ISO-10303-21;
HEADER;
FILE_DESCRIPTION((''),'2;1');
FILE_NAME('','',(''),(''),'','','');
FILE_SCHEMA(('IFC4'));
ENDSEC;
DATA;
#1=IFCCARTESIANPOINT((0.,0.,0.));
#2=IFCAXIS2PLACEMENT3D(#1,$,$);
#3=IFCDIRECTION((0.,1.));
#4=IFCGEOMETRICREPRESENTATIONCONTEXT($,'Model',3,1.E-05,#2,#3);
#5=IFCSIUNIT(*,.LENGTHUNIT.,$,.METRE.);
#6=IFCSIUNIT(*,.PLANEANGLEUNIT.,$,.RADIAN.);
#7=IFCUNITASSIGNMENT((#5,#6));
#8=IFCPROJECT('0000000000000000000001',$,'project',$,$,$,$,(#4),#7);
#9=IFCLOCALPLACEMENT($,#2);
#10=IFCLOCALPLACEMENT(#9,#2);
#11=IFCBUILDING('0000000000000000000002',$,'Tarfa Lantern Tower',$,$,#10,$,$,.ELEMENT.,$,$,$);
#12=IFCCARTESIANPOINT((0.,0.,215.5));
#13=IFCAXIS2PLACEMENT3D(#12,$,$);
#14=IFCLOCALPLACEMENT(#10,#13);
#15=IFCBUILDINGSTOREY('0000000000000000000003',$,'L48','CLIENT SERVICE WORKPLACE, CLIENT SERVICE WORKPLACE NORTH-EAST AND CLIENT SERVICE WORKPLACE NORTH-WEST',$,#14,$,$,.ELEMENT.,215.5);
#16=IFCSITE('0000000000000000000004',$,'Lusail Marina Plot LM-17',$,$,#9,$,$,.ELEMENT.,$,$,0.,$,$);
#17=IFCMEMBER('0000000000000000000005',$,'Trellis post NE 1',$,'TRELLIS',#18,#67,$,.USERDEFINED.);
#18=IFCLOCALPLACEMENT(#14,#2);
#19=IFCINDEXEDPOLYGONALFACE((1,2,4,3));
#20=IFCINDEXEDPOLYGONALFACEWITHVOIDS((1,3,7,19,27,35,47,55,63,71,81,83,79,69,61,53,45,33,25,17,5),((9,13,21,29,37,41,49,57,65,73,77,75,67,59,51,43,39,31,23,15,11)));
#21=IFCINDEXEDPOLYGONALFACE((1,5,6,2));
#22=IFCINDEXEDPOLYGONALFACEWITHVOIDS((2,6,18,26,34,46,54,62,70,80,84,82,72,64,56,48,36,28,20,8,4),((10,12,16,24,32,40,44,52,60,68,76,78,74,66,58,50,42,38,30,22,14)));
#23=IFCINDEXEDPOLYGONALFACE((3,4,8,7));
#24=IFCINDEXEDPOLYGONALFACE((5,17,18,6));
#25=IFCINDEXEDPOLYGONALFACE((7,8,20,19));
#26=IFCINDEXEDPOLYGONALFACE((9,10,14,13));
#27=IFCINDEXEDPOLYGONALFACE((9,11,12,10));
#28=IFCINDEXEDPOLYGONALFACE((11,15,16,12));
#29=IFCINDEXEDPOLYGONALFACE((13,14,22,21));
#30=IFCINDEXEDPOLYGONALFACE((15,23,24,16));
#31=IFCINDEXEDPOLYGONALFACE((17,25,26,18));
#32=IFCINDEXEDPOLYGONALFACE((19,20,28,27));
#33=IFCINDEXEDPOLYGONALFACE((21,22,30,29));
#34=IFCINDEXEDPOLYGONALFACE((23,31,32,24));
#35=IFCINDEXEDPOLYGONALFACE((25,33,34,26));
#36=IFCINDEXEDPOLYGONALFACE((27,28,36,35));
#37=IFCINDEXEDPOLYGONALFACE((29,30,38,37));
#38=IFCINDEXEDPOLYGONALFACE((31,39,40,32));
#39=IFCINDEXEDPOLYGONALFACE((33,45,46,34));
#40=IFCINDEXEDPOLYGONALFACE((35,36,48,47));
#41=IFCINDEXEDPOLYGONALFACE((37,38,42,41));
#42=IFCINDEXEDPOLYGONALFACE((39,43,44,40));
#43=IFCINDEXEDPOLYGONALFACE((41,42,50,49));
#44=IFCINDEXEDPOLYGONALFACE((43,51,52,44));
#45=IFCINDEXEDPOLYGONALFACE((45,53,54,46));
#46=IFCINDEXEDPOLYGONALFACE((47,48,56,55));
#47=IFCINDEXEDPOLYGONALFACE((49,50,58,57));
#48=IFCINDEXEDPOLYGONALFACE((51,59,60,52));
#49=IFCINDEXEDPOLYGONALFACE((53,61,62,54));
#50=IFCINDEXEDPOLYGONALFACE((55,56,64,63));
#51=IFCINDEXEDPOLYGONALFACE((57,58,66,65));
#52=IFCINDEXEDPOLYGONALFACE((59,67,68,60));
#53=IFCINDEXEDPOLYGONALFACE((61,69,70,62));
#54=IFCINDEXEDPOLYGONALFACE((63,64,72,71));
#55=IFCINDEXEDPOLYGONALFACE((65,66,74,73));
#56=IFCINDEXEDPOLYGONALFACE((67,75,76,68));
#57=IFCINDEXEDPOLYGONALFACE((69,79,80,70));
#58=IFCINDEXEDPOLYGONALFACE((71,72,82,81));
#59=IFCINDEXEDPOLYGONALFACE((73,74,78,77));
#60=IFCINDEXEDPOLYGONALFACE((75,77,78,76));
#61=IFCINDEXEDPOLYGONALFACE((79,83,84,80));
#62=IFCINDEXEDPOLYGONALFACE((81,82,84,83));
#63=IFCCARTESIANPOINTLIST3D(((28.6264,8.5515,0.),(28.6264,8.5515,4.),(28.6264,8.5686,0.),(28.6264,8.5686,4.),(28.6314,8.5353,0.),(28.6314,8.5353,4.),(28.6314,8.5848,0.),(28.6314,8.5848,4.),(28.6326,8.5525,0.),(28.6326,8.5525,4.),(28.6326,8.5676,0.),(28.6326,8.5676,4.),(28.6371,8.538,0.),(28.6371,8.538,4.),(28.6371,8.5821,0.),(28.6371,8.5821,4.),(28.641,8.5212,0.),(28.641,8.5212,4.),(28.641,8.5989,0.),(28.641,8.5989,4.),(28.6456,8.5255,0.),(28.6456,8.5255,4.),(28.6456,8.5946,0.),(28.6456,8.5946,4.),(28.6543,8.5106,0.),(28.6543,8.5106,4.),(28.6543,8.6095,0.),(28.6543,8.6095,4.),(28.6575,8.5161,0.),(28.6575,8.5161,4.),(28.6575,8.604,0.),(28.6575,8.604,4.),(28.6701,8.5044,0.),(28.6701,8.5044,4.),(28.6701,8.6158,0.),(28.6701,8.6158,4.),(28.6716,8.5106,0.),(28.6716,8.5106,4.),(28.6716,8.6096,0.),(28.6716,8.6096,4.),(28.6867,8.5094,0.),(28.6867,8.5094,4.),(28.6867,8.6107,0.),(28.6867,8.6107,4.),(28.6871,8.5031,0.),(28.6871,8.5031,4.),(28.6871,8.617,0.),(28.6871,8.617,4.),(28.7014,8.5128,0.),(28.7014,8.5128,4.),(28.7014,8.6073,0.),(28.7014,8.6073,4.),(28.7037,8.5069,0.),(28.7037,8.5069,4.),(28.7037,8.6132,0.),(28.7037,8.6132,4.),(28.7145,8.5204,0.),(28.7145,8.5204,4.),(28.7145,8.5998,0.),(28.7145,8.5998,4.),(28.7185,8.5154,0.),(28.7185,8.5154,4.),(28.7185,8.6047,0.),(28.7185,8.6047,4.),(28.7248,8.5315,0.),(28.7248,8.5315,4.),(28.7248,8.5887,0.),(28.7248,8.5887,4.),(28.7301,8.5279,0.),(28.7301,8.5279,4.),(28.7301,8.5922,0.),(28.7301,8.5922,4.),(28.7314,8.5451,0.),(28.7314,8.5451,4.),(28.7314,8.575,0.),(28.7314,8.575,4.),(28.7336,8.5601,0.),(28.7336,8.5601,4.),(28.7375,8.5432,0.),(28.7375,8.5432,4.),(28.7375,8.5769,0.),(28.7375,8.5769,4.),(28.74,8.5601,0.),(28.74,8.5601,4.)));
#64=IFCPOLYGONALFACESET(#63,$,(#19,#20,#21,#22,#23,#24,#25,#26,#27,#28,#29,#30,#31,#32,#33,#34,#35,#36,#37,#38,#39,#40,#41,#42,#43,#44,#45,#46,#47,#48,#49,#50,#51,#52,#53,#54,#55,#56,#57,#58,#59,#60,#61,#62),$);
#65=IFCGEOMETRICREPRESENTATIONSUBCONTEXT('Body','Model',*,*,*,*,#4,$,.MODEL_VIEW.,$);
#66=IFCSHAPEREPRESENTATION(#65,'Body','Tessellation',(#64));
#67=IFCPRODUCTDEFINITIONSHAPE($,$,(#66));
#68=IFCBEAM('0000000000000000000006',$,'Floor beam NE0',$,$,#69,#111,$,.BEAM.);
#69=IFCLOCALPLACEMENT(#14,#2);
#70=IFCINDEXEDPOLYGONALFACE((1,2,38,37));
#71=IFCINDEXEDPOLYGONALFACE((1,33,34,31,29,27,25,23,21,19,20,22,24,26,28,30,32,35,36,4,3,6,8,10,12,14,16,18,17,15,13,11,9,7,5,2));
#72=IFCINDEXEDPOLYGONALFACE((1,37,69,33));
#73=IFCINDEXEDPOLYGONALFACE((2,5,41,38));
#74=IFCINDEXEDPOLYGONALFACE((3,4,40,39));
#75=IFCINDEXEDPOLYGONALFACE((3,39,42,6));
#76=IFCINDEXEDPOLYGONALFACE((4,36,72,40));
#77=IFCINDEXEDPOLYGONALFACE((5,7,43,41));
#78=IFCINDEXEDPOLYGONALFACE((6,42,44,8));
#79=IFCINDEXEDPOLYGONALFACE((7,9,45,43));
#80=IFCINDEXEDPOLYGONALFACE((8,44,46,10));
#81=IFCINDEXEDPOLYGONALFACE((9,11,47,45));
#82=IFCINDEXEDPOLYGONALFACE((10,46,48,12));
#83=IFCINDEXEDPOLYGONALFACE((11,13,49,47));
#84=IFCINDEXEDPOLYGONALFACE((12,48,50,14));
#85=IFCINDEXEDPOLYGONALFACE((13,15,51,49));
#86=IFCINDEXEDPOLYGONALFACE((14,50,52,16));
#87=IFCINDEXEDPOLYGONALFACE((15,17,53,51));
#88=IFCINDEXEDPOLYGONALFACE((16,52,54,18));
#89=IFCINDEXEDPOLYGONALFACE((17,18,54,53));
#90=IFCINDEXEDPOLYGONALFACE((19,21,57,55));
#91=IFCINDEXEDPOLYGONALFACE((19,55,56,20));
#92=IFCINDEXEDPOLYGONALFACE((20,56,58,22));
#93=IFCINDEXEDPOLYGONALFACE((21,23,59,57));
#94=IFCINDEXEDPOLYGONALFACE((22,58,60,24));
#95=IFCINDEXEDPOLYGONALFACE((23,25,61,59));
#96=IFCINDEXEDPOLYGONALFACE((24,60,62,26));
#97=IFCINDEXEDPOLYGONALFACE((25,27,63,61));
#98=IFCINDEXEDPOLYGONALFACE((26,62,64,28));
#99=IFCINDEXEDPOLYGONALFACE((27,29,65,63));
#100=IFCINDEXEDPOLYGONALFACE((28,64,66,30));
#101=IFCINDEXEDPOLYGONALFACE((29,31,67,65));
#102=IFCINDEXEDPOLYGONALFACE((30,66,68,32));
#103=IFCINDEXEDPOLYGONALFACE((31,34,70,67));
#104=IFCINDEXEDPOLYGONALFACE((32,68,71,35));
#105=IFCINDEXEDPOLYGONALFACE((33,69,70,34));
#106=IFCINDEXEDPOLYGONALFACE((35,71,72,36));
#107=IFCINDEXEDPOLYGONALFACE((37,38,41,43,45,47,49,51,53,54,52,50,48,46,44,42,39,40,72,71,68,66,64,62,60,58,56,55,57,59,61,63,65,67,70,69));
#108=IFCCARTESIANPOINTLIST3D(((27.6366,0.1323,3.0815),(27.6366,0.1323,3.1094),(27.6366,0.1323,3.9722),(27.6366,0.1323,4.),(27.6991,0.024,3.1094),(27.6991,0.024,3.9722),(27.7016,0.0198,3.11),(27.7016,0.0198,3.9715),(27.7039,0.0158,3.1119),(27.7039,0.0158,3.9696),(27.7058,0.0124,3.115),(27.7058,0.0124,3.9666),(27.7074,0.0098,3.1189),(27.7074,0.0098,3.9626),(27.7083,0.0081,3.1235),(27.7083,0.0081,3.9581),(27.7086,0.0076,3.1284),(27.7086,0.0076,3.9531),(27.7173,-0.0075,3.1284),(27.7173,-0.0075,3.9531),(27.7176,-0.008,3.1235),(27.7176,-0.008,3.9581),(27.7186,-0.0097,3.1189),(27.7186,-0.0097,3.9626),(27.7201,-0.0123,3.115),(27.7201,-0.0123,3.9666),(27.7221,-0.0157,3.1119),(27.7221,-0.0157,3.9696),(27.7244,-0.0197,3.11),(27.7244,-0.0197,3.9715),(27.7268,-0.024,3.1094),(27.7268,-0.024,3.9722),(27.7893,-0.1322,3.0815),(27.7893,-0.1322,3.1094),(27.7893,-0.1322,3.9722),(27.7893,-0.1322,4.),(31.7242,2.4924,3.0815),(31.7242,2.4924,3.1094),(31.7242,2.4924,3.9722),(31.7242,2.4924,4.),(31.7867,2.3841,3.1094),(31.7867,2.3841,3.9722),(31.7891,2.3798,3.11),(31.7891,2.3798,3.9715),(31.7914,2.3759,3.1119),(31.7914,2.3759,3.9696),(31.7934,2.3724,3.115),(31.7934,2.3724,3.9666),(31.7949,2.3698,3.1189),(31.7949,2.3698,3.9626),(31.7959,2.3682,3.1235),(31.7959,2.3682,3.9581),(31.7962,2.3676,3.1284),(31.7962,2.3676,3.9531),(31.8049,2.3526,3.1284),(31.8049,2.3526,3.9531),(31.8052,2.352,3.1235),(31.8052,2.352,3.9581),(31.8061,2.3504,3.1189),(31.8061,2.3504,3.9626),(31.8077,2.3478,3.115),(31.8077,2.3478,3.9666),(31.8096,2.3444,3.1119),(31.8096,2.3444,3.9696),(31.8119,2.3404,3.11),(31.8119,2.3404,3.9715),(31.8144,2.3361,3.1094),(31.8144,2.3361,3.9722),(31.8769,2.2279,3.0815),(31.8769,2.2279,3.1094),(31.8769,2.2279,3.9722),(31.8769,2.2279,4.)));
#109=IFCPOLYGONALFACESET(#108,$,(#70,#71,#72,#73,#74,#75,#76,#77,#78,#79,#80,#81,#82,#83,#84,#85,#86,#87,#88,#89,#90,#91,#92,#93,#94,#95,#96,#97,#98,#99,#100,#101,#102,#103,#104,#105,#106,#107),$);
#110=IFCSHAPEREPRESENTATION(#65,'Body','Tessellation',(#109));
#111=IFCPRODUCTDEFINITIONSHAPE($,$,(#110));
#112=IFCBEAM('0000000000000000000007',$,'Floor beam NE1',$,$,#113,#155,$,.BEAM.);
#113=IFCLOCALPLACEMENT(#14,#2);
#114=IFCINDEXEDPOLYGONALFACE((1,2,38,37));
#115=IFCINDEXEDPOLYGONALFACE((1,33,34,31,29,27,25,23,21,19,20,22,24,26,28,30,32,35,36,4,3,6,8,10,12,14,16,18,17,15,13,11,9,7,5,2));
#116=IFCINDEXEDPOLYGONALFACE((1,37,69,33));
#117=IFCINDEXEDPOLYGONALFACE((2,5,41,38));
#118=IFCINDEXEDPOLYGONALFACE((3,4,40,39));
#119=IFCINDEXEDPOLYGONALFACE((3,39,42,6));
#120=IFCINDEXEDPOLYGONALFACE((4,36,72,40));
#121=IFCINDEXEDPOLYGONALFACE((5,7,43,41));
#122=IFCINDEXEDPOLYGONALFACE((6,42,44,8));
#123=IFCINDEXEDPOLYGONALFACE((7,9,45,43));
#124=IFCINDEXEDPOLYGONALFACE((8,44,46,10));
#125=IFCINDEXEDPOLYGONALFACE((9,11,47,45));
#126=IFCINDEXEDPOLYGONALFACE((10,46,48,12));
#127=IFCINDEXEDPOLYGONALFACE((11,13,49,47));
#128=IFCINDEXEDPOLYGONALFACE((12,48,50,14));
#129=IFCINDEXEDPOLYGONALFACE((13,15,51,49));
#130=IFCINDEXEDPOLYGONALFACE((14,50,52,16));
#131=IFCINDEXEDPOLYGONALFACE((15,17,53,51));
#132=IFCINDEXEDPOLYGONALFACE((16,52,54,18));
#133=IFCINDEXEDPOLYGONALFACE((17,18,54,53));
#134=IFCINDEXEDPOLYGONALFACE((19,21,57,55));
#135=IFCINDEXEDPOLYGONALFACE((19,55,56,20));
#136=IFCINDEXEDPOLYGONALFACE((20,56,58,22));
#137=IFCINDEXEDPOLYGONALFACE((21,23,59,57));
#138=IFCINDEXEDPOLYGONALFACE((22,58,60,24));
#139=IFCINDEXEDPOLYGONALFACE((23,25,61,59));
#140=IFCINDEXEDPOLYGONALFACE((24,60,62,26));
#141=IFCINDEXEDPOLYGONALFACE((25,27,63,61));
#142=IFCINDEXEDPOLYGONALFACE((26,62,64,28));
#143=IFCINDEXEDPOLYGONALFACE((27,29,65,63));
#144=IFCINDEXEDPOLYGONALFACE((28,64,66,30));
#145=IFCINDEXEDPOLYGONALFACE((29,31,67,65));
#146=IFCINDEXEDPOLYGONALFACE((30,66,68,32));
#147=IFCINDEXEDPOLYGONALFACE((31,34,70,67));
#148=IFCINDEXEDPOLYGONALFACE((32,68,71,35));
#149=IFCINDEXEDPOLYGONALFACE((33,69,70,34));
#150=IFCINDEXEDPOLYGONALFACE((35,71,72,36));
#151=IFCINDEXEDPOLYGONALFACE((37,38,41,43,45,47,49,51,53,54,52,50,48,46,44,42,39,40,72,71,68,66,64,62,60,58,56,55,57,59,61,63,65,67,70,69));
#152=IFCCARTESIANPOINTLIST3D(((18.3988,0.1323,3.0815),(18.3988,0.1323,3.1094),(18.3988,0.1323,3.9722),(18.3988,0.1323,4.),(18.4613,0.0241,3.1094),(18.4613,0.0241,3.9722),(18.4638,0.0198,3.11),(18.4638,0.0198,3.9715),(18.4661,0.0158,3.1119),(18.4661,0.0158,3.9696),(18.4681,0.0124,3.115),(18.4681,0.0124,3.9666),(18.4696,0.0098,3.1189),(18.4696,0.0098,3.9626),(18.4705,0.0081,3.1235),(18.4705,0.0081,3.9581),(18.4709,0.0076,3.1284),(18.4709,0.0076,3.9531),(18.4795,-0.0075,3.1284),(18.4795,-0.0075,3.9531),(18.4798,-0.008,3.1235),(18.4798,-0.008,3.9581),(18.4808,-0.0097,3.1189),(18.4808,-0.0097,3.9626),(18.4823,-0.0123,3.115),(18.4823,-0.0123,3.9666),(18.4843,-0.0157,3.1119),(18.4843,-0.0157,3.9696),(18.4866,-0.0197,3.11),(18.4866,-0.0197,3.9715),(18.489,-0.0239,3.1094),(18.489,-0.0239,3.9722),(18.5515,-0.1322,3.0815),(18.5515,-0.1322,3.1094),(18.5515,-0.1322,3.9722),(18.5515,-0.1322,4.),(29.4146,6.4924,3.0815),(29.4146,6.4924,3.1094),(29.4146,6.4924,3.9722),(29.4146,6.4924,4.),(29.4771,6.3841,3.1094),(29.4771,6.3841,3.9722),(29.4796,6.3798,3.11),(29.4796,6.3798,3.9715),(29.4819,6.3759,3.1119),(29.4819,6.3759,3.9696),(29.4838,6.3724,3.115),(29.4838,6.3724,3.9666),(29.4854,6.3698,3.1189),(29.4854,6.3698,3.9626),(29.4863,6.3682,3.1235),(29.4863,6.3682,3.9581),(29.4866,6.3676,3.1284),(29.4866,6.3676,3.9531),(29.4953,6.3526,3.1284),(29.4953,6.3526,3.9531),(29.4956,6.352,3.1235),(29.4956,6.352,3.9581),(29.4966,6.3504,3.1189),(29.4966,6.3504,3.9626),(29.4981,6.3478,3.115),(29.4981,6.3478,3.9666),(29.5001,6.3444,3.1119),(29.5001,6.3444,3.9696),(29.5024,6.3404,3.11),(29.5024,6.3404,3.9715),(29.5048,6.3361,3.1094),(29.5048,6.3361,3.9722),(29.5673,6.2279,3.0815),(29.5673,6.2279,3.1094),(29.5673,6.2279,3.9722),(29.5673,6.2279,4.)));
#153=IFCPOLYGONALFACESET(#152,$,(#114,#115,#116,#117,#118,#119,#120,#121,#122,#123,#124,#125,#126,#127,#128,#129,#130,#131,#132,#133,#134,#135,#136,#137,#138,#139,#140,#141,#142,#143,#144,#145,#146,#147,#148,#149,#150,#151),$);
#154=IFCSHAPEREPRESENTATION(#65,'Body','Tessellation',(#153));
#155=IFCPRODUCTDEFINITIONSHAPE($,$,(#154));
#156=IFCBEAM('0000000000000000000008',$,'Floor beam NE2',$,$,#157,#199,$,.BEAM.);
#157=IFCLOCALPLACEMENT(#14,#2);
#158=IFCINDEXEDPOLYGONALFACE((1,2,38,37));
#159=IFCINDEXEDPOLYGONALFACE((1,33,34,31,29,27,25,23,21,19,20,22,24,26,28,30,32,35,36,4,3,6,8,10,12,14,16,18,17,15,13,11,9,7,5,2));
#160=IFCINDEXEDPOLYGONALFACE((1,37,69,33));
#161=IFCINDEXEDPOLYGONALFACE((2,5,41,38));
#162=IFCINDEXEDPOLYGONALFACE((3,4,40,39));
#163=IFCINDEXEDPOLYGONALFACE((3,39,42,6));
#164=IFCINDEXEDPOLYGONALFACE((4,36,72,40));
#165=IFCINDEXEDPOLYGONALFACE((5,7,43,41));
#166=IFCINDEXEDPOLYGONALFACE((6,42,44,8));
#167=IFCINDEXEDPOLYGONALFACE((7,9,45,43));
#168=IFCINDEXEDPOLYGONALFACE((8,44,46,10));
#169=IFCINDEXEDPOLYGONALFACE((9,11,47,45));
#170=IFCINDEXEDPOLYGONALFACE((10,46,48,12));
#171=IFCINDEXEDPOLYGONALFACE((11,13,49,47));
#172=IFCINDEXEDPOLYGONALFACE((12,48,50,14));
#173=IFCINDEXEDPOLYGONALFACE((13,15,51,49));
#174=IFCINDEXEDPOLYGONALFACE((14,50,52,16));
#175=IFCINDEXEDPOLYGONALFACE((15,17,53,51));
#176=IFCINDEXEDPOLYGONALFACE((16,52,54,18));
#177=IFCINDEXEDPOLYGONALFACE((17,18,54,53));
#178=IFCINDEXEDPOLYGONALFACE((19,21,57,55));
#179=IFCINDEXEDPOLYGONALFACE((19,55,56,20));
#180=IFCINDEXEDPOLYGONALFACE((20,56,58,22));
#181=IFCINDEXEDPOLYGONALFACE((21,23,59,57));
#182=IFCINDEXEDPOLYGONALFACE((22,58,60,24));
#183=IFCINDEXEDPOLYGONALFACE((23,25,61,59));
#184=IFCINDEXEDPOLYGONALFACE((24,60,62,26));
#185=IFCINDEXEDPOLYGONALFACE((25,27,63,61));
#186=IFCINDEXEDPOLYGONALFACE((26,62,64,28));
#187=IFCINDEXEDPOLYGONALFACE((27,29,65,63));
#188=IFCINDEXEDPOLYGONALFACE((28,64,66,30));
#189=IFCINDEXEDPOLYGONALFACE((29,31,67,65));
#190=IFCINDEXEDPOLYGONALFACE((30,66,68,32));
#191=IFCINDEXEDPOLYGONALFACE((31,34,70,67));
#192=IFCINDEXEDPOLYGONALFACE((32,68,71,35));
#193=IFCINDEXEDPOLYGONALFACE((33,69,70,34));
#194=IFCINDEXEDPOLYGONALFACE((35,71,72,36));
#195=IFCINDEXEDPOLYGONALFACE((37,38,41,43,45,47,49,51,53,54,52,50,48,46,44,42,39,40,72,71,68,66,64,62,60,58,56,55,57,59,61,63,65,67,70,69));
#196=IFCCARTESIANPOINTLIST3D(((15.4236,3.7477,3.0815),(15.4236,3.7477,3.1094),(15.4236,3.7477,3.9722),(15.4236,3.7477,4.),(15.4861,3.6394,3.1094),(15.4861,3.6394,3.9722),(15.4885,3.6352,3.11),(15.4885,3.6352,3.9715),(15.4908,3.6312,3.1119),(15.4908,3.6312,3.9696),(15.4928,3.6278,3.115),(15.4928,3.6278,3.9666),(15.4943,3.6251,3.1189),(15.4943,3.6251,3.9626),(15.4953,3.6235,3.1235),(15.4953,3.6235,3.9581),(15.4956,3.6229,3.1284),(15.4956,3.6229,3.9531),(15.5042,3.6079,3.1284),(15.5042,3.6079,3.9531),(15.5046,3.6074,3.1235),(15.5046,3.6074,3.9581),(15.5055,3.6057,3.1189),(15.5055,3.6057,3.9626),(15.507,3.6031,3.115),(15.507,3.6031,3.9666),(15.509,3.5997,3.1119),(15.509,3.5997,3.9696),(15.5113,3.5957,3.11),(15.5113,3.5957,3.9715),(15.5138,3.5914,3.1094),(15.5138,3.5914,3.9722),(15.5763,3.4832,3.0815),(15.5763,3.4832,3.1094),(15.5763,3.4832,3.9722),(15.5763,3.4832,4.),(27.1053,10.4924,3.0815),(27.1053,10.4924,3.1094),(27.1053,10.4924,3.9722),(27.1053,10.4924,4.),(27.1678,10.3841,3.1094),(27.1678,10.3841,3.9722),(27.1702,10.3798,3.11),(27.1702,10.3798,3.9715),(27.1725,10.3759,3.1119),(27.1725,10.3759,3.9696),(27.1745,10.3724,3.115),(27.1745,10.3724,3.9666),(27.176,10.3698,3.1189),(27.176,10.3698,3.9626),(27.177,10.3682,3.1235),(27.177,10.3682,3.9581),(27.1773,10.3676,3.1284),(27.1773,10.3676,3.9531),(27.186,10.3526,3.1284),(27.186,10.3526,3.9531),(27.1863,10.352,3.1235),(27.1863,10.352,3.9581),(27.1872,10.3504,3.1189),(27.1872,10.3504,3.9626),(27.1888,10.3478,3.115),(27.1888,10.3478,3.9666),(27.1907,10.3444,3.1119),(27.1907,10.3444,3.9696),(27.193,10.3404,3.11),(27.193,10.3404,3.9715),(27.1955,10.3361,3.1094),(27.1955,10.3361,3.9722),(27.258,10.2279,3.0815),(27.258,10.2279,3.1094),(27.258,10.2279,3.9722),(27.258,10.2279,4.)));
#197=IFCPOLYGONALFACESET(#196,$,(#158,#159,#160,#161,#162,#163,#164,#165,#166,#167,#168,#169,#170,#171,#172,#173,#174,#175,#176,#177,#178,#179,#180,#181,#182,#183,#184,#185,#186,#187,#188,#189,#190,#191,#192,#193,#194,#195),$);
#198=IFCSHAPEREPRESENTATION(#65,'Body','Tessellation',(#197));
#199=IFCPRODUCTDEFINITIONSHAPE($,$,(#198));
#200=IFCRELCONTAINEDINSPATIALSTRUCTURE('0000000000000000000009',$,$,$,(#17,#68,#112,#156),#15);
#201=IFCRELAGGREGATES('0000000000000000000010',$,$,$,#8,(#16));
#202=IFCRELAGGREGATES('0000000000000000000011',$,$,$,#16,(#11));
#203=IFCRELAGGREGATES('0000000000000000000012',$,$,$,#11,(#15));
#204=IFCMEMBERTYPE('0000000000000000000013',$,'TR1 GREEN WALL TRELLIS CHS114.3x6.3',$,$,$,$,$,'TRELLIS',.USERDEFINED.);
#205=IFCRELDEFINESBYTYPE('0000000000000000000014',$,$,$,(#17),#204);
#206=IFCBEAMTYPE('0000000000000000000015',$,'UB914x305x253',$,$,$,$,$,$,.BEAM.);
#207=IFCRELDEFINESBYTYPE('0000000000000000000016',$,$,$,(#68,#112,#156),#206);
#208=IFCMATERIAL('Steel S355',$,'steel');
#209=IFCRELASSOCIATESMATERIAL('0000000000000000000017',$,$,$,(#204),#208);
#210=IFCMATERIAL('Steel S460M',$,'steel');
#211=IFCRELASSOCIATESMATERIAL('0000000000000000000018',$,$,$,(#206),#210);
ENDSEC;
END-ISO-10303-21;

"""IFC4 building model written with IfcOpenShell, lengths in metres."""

from ifc_helpers import new_model, si_unit, direction, frame, origin, origin_2d, place, context, subcontext, project, spatial, hollow_circle, i_section, extrude, material, material_profile, profile_set, type_object, element, save


model = new_model("IFC4")

# Units and contexts
model_context = context("Model", 3, precision=1e-05, world=origin(), true_north=direction((0.0, 1.0)))
body_context = subcontext(model_context, "Body", "Model", "MODEL_VIEW")
ifc_project = project(units=[si_unit("LENGTHUNIT", "METRE"), si_unit("PLANEANGLEUNIT", "RADIAN")], contexts=[model_context])

# Site, building, storey
site_placement = place(None, origin())
site = spatial("IfcSite", under=ifc_project, at=site_placement, Name="Lusail Marina Plot LM-17", CompositionType="ELEMENT", RefElevation=0.0)
building_placement = place(site_placement, origin())
building = spatial("IfcBuilding", under=site, at=building_placement, Name="Tarfa Lantern Tower", CompositionType="ELEMENT")
storey_placement = place(building_placement, frame((0.0, 0.0, 215.5)))
storey = spatial("IfcBuildingStorey", under=building, at=storey_placement, Name="L48", Description="CLIENT SERVICE WORKPLACE, CLIENT SERVICE WORKPLACE NORTH-EAST AND CLIENT SERVICE WORKPLACE NORTH-WEST", CompositionType="ELEMENT", Elevation=215.5)

# Shared definitions
ifc_material_1 = material(Name="Steel S460M", Category="steel")

# Member
ifc_material_2 = material(Name="Steel S355", Category="steel")
ifc_material_profile_1 = material_profile(ifc_material_2, hollow_circle(Radius=0.0571, WallThickness=0.0063, at=origin_2d()), Name="CHS114.3x6.3")
ifc_profile_set_1 = profile_set([ifc_material_profile_1], Name="Steel S355")
member_type_1 = type_object("IfcMemberType", Name="TR1 GREEN WALL TRELLIS CHS114.3x6.3", ElementType="TRELLIS", PredefinedType="USERDEFINED", material=ifc_profile_set_1)
member_1_placement = place(storey_placement, frame((28.6829, 8.5601, 0.0), z_axis=(0.0, 0.0, 1.0), x_axis=(1.0, 0.0, 0.0)))
element("IfcMember", 1, at=member_1_placement, inside=storey, type_object=member_type_1, Name="Trellis post NE 1", ObjectType="TRELLIS", PredefinedType="USERDEFINED", context=body_context, shape_type="SweptSolid", body=[
    extrude(hollow_circle(Radius=0.0571, WallThickness=0.0063, at=origin_2d()), origin(), (0.0, 0.0, 1.0), 4.0),
])

# Beams
ifc_material_profile_2 = material_profile(ifc_material_1, i_section(OverallWidth=0.3054, OverallDepth=0.9185, WebThickness=0.0173, FlangeThickness=0.0278, FilletRadius=0.019, at=origin_2d()), Name="UB914x305x253")
ifc_profile_set_2 = profile_set([ifc_material_profile_2], Name="Steel S460M")
beam_type_1 = type_object("IfcBeamType", Name="UB914x305x253", PredefinedType="BEAM", material=ifc_profile_set_2)
beam_1_placement = place(storey_placement, frame((31.8005, 2.3601, 3.5408), z_axis=(-0.866016, -0.500016, 0.0), x_axis=(0.500016, -0.866016, 0.0)))
element("IfcBeam", 2, at=beam_1_placement, inside=storey, type_object=beam_type_1, Name="Floor beam NE0", PredefinedType="BEAM", context=body_context, shape_type="SweptSolid", body=[
    extrude(i_section(OverallWidth=0.3054, OverallDepth=0.9185, WebThickness=0.0173, FlangeThickness=0.0278, FilletRadius=0.019, at=origin_2d()), origin(), (0.0, 0.0, 1.0), 4.72),
])
beam_2_placement = place(storey_placement, frame((29.491, 6.3601, 3.5408), z_axis=(-0.866022, -0.500005, 0.0), x_axis=(0.500005, -0.866022, 0.0)))
element("IfcBeam", 3, at=beam_2_placement, inside=storey, type_object=beam_type_1, Name="Floor beam NE1", PredefinedType="BEAM", context=body_context, shape_type="SweptSolid", body=[
    extrude(i_section(OverallWidth=0.3054, OverallDepth=0.9185, WebThickness=0.0173, FlangeThickness=0.0278, FilletRadius=0.019, at=origin_2d()), origin(), (0.0, 0.0, 1.0), 12.72),
])
beam_3_placement = place(storey_placement, frame((27.1816, 10.3601, 3.5408), z_axis=(-0.866018, -0.500013, 0.0), x_axis=(0.500013, -0.866018, 0.0)))
element("IfcBeam", 4, at=beam_3_placement, inside=storey, type_object=beam_type_1, Name="Floor beam NE2", PredefinedType="BEAM", context=body_context, shape_type="SweptSolid", body=[
    extrude(i_section(OverallWidth=0.3054, OverallDepth=0.9185, WebThickness=0.0173, FlangeThickness=0.0278, FilletRadius=0.019, at=origin_2d()), origin(), (0.0, 0.0, 1.0), 13.489),
])

save(model, "model.ifc")
